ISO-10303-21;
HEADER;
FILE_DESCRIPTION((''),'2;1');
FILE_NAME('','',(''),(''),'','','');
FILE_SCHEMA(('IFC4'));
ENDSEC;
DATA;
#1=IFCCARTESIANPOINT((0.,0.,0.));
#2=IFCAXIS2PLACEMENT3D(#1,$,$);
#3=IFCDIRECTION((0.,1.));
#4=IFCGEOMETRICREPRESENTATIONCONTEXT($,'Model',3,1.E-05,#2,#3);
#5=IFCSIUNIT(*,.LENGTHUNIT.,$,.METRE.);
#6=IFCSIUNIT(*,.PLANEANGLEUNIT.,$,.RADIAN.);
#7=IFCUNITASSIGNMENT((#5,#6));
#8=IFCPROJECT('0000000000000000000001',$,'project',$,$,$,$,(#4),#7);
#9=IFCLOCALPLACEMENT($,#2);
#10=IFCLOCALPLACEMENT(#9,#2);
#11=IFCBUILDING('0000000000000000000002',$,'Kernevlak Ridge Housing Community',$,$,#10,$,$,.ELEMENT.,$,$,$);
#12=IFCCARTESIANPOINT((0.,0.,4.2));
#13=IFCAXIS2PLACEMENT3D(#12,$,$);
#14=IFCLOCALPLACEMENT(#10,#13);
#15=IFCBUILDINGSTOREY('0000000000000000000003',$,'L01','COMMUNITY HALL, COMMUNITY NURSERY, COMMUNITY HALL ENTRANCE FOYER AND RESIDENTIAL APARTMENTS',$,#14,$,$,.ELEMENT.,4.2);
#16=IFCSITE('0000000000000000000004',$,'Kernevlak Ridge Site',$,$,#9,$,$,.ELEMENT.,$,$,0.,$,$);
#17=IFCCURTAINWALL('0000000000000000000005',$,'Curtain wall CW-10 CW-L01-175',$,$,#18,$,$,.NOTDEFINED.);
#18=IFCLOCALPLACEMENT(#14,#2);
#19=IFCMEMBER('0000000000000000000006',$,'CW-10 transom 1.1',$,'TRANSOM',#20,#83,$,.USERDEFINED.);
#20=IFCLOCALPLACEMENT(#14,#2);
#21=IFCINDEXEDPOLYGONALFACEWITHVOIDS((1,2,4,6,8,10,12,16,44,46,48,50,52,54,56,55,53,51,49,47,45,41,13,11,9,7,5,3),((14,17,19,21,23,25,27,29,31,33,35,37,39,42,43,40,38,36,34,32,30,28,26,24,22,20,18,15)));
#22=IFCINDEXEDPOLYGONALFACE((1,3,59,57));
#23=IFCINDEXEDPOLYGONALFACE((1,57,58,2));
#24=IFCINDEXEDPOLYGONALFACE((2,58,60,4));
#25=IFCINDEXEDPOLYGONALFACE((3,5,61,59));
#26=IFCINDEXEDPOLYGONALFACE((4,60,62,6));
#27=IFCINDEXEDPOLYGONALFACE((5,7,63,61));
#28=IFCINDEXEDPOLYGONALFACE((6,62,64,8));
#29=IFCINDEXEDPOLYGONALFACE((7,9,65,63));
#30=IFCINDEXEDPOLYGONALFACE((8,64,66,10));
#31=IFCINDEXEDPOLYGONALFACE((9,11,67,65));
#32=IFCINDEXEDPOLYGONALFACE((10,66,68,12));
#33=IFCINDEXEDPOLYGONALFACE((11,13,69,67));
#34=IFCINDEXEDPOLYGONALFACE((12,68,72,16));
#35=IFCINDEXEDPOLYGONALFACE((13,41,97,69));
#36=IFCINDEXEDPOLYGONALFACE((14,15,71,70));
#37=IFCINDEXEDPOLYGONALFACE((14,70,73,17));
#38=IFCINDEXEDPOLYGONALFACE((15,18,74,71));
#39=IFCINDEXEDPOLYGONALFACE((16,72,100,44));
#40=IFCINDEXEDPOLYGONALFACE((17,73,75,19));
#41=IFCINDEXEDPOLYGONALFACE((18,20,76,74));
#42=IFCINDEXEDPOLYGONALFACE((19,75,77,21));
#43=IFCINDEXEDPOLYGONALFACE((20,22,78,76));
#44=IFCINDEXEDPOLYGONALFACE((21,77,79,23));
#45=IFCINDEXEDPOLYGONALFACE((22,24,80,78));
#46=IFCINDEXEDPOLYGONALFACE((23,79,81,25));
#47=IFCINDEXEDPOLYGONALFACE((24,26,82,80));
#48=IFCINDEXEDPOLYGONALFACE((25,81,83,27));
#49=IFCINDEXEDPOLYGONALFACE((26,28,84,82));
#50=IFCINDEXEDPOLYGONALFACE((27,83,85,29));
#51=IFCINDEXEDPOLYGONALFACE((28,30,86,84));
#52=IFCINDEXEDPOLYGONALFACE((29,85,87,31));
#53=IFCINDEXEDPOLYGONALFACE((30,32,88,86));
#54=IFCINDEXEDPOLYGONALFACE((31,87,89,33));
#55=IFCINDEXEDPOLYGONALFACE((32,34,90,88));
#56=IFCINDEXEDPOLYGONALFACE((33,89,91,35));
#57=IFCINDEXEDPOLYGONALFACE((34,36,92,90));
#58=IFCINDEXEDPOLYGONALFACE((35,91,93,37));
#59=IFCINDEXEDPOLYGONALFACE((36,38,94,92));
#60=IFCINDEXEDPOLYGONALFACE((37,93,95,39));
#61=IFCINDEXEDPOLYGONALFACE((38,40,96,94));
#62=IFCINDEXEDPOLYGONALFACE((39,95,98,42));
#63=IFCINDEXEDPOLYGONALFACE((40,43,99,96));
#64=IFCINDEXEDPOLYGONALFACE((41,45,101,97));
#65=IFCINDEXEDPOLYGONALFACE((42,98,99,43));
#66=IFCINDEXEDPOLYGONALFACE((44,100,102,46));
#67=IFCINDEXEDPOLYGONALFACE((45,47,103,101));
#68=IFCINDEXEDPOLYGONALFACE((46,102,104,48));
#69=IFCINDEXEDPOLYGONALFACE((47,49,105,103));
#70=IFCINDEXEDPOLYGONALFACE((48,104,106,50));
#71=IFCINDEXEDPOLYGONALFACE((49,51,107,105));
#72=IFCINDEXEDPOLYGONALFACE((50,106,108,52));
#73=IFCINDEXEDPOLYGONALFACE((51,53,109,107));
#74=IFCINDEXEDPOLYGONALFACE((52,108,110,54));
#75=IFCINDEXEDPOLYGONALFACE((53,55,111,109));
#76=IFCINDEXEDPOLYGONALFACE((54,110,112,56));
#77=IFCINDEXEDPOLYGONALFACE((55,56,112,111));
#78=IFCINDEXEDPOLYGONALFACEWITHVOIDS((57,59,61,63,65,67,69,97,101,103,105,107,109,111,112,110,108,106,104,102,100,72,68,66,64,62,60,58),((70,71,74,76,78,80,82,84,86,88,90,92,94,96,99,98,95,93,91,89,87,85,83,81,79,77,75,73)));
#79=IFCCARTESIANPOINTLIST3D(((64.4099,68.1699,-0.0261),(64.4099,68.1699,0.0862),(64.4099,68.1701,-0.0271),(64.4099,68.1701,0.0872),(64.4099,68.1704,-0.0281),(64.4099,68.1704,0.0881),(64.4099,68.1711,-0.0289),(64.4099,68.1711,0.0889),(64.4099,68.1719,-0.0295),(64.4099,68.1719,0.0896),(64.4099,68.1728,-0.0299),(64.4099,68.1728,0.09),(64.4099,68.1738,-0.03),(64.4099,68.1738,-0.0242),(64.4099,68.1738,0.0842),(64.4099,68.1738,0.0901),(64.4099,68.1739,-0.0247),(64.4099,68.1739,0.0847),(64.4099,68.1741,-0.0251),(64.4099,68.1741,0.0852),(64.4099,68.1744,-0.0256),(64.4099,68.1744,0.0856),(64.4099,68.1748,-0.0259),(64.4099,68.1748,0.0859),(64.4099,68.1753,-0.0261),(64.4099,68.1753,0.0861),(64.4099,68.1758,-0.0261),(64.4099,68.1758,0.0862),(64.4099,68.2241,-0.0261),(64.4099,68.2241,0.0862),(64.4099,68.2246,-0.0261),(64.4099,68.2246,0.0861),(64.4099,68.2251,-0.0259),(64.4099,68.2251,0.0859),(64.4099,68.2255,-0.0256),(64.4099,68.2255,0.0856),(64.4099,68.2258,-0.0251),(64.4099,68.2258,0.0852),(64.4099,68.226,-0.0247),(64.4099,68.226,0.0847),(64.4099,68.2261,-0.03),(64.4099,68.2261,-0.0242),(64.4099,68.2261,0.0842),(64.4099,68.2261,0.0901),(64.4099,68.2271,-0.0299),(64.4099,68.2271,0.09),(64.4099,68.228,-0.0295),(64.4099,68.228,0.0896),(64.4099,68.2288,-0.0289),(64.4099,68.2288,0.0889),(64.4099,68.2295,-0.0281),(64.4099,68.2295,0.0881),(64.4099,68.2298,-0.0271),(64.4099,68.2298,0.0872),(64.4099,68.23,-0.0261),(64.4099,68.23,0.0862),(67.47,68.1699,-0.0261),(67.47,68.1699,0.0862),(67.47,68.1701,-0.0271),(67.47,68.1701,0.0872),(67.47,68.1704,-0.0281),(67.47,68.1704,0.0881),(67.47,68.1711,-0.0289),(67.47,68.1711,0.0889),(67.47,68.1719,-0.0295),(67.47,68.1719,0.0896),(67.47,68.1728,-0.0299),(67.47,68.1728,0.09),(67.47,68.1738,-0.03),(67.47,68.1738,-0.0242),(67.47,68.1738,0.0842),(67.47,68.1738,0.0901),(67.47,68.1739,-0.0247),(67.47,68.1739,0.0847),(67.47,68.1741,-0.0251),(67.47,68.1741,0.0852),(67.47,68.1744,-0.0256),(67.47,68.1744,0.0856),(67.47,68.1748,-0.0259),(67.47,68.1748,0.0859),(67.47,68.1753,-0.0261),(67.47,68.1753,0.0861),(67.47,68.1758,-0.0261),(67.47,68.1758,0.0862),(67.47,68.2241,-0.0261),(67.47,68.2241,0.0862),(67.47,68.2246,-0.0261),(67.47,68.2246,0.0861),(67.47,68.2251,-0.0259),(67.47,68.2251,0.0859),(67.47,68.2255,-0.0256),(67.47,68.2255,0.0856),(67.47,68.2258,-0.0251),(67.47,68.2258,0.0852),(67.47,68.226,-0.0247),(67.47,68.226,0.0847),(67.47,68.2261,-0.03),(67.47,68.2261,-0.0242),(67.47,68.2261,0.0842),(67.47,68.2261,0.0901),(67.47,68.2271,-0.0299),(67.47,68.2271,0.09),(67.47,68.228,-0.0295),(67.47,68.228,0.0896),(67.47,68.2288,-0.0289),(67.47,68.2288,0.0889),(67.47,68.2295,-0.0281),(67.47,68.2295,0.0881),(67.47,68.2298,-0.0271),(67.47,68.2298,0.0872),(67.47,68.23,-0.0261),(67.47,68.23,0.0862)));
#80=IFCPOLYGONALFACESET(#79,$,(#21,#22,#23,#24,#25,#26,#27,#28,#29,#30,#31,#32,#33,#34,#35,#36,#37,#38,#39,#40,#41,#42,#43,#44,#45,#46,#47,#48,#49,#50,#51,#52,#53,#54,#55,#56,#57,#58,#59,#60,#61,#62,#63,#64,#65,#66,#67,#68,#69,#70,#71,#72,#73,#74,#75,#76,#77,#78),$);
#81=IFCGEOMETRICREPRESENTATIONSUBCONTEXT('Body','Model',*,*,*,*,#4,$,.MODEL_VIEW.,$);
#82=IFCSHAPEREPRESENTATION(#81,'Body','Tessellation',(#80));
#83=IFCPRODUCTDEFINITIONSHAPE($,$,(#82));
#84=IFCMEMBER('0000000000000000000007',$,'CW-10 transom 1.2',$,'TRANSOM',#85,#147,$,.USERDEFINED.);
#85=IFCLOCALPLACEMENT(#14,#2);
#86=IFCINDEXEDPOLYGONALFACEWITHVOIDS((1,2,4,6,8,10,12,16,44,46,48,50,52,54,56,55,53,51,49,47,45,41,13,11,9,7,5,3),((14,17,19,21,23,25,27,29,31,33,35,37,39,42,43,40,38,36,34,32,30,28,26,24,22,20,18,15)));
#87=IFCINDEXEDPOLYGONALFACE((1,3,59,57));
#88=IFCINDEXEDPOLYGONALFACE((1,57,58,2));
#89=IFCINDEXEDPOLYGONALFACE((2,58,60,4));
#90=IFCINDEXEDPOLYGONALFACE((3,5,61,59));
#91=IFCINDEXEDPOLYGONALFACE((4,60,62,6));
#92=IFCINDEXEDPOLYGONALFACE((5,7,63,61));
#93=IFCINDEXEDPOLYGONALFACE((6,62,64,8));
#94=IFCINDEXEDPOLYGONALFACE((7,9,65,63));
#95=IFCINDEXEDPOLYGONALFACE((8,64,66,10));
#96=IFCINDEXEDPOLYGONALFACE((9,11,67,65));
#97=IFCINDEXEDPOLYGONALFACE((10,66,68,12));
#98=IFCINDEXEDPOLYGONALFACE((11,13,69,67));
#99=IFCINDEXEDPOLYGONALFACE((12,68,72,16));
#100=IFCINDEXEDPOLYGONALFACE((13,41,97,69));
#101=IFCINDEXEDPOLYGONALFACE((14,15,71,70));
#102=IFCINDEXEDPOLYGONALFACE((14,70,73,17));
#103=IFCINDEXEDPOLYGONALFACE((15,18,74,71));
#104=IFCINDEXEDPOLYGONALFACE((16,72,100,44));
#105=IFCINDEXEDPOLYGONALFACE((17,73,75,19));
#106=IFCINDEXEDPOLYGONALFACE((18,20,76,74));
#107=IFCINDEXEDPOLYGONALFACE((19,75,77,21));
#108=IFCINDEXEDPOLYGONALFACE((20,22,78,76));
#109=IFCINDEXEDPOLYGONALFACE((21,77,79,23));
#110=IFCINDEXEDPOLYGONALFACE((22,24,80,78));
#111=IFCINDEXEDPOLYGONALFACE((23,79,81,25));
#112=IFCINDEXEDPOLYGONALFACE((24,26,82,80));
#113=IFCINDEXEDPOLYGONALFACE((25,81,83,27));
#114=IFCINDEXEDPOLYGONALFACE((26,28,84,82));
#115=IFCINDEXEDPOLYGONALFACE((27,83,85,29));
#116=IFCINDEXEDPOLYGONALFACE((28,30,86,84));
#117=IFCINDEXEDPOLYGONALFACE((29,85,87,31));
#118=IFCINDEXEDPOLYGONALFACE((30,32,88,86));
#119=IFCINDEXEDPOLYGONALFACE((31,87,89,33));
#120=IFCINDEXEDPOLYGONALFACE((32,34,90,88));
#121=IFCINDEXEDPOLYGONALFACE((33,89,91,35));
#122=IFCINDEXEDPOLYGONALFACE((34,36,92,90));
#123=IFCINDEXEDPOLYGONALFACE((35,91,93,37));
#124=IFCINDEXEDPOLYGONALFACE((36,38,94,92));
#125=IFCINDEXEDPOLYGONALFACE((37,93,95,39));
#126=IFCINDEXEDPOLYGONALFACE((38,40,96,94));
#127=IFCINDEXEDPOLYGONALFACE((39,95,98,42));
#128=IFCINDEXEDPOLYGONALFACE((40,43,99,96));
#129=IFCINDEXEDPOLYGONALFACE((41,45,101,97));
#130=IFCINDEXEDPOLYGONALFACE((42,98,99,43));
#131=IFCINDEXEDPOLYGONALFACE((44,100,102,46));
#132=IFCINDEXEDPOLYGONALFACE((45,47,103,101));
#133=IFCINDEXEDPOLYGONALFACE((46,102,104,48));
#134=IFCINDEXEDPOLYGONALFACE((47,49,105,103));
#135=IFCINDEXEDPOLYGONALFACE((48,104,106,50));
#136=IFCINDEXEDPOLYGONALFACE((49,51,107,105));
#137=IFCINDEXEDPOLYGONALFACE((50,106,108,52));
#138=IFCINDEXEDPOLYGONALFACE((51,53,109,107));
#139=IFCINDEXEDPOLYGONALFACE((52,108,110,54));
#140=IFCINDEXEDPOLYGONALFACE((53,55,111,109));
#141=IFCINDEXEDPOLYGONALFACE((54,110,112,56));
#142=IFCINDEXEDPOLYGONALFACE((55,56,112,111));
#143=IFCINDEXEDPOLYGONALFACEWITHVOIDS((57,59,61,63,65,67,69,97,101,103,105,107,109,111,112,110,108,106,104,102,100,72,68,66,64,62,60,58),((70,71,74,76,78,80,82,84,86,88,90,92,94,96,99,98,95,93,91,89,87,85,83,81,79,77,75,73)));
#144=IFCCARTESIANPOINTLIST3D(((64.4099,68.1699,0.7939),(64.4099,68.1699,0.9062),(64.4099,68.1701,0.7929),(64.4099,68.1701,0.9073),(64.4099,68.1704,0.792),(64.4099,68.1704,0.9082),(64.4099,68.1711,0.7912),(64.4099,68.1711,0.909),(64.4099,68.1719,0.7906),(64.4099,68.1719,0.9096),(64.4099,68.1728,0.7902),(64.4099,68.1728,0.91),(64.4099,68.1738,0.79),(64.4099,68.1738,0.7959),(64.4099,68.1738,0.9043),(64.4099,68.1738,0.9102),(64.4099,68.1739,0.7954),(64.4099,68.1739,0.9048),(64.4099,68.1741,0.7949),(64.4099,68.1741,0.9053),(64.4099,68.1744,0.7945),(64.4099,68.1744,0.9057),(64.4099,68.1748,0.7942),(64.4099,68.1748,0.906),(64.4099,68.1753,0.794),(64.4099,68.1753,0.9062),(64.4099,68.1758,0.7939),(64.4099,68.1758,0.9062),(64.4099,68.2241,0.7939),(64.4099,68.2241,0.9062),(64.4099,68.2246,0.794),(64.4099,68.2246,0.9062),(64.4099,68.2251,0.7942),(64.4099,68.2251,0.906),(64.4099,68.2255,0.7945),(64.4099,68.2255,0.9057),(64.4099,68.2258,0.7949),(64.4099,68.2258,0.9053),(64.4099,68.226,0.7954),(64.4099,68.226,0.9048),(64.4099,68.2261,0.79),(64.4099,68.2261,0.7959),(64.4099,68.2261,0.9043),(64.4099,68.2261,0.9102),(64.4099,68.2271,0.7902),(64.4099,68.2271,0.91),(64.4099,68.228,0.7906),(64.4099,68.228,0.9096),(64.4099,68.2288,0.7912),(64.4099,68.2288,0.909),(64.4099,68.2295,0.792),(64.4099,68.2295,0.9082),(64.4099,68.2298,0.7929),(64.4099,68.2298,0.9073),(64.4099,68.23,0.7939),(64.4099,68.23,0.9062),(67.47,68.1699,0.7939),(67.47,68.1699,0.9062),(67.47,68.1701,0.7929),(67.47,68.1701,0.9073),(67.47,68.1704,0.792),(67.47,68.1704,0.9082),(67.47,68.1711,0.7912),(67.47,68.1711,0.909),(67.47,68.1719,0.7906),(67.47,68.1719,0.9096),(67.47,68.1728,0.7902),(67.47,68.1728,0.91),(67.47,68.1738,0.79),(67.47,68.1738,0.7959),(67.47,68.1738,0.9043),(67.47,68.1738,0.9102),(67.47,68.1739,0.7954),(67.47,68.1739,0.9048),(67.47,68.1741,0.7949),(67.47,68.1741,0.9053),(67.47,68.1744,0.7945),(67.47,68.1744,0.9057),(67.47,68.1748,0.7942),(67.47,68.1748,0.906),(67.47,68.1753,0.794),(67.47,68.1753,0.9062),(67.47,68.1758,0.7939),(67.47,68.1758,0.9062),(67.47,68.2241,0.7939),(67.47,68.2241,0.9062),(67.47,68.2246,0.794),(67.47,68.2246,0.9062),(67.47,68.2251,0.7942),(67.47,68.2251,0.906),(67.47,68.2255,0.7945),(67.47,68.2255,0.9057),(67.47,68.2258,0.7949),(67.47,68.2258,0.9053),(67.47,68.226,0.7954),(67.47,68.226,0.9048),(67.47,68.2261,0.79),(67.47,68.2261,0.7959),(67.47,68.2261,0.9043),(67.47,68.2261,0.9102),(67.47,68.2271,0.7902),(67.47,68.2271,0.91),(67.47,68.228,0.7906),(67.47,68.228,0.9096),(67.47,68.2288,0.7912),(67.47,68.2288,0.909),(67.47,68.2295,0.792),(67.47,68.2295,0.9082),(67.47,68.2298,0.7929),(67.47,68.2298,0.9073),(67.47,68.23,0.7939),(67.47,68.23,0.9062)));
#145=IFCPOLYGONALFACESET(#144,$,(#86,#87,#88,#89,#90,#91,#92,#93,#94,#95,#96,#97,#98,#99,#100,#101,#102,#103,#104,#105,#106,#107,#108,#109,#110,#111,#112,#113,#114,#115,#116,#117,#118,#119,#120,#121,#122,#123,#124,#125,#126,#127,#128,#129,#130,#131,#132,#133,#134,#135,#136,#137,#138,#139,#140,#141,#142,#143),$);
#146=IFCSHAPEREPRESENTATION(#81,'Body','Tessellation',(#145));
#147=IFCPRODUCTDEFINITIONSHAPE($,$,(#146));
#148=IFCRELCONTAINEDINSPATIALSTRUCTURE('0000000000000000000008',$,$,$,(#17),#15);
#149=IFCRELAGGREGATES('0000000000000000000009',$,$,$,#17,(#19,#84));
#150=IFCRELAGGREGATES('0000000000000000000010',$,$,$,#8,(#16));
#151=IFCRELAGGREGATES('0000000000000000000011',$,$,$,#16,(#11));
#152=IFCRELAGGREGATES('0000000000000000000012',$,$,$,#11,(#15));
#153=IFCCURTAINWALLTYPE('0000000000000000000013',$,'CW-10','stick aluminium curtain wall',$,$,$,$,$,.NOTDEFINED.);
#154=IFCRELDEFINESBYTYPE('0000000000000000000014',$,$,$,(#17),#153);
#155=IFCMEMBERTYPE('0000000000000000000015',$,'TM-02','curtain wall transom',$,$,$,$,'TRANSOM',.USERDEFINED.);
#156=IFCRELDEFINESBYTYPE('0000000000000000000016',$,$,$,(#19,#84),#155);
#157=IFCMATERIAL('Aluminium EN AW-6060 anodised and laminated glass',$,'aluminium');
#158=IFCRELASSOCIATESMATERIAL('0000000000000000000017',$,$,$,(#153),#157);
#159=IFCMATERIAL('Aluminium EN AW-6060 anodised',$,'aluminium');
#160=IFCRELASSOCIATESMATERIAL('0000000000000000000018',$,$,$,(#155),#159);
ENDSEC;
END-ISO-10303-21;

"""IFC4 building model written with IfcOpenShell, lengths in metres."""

from ifc_helpers import new_model, si_unit, direction, frame, origin, origin_2d, place, context, subcontext, project, spatial, hollow_rectangle, extrude, material, material_profile, profile_set, type_object, element, aggregate, save


model = new_model("IFC4")

# Units and contexts
model_context = context("Model", 3, precision=1e-05, world=origin(), true_north=direction((0.0, 1.0)))
body_context = subcontext(model_context, "Body", "Model", "MODEL_VIEW")
ifc_project = project(units=[si_unit("LENGTHUNIT", "METRE"), si_unit("PLANEANGLEUNIT", "RADIAN")], contexts=[model_context])

# Site, building, storey
site_placement = place(None, origin())
site = spatial("IfcSite", under=ifc_project, at=site_placement, Name="Kernevlak Ridge Site", CompositionType="ELEMENT", RefElevation=0.0)
building_placement = place(site_placement, origin())
building = spatial("IfcBuilding", under=site, at=building_placement, Name="Kernevlak Ridge Housing Community", CompositionType="ELEMENT")
storey_placement = place(building_placement, frame((0.0, 0.0, 4.2)))
storey = spatial("IfcBuildingStorey", under=building, at=storey_placement, Name="L01", Description="COMMUNITY HALL, COMMUNITY NURSERY, COMMUNITY HALL ENTRANCE FOYER AND RESIDENTIAL APARTMENTS", CompositionType="ELEMENT", Elevation=4.2)

# Curtain wall
ifc_material_1 = material(Name="Aluminium EN AW-6060 anodised and laminated glass", Category="aluminium")
curtain_wall_type = type_object("IfcCurtainWallType", Name="CW-10", Description="stick aluminium curtain wall", PredefinedType="NOTDEFINED", material=ifc_material_1)
curtain_wall_placement = place(storey_placement, origin())
curtain_wall = element("IfcCurtainWall", 1, at=curtain_wall_placement, inside=storey, type_object=curtain_wall_type, Name="Curtain wall CW-10 CW-L01-175", PredefinedType="NOTDEFINED")
ifc_material_2 = material(Name="Aluminium EN AW-6060 anodised", Category="aluminium")

# Members
ifc_material_profile_1 = material_profile(ifc_material_2, hollow_rectangle(XDim=0.0601, YDim=0.1201, WallThickness=0.0039, InnerFilletRadius=0.002, OuterFilletRadius=0.0039, at=origin_2d()), Name="ALU 60x120x4")
ifc_profile_set_1 = profile_set([ifc_material_profile_1], Name="Aluminium EN AW-6060 anodised")
member_type_1 = type_object("IfcMemberType", Name="TM-02", Description="curtain wall transom", ElementType="TRANSOM", PredefinedType="USERDEFINED", material=ifc_profile_set_1)
member_1_placement = place(storey_placement, frame((64.4099, 68.2, 0.03), z_axis=(1.0, 0.0, 0.0), x_axis=(0.0, 1.0, 0.0)))
member_1 = element("IfcMember", 2, at=member_1_placement, type_object=member_type_1, Name="CW-10 transom 1.1", ObjectType="TRANSOM", PredefinedType="USERDEFINED", context=body_context, shape_type="SweptSolid", body=[
    extrude(hollow_rectangle(XDim=0.0601, YDim=0.1201, WallThickness=0.0039, InnerFilletRadius=0.002, OuterFilletRadius=0.0039, at=origin_2d()), origin(), (0.0, 0.0, 1.0), 3.0601),
])
member_2_placement = place(storey_placement, frame((64.4099, 68.2, 0.8501), z_axis=(1.0, 0.0, 0.0), x_axis=(0.0, 1.0, 0.0)))
member_2 = element("IfcMember", 3, at=member_2_placement, type_object=member_type_1, Name="CW-10 transom 1.2", ObjectType="TRANSOM", PredefinedType="USERDEFINED", context=body_context, shape_type="SweptSolid", body=[
    extrude(hollow_rectangle(XDim=0.0601, YDim=0.1201, WallThickness=0.0039, InnerFilletRadius=0.002, OuterFilletRadius=0.0039, at=origin_2d()), origin(), (0.0, 0.0, 1.0), 3.0601),
])

aggregate(curtain_wall, [member_1, member_2])

save(model, "model.ifc")
